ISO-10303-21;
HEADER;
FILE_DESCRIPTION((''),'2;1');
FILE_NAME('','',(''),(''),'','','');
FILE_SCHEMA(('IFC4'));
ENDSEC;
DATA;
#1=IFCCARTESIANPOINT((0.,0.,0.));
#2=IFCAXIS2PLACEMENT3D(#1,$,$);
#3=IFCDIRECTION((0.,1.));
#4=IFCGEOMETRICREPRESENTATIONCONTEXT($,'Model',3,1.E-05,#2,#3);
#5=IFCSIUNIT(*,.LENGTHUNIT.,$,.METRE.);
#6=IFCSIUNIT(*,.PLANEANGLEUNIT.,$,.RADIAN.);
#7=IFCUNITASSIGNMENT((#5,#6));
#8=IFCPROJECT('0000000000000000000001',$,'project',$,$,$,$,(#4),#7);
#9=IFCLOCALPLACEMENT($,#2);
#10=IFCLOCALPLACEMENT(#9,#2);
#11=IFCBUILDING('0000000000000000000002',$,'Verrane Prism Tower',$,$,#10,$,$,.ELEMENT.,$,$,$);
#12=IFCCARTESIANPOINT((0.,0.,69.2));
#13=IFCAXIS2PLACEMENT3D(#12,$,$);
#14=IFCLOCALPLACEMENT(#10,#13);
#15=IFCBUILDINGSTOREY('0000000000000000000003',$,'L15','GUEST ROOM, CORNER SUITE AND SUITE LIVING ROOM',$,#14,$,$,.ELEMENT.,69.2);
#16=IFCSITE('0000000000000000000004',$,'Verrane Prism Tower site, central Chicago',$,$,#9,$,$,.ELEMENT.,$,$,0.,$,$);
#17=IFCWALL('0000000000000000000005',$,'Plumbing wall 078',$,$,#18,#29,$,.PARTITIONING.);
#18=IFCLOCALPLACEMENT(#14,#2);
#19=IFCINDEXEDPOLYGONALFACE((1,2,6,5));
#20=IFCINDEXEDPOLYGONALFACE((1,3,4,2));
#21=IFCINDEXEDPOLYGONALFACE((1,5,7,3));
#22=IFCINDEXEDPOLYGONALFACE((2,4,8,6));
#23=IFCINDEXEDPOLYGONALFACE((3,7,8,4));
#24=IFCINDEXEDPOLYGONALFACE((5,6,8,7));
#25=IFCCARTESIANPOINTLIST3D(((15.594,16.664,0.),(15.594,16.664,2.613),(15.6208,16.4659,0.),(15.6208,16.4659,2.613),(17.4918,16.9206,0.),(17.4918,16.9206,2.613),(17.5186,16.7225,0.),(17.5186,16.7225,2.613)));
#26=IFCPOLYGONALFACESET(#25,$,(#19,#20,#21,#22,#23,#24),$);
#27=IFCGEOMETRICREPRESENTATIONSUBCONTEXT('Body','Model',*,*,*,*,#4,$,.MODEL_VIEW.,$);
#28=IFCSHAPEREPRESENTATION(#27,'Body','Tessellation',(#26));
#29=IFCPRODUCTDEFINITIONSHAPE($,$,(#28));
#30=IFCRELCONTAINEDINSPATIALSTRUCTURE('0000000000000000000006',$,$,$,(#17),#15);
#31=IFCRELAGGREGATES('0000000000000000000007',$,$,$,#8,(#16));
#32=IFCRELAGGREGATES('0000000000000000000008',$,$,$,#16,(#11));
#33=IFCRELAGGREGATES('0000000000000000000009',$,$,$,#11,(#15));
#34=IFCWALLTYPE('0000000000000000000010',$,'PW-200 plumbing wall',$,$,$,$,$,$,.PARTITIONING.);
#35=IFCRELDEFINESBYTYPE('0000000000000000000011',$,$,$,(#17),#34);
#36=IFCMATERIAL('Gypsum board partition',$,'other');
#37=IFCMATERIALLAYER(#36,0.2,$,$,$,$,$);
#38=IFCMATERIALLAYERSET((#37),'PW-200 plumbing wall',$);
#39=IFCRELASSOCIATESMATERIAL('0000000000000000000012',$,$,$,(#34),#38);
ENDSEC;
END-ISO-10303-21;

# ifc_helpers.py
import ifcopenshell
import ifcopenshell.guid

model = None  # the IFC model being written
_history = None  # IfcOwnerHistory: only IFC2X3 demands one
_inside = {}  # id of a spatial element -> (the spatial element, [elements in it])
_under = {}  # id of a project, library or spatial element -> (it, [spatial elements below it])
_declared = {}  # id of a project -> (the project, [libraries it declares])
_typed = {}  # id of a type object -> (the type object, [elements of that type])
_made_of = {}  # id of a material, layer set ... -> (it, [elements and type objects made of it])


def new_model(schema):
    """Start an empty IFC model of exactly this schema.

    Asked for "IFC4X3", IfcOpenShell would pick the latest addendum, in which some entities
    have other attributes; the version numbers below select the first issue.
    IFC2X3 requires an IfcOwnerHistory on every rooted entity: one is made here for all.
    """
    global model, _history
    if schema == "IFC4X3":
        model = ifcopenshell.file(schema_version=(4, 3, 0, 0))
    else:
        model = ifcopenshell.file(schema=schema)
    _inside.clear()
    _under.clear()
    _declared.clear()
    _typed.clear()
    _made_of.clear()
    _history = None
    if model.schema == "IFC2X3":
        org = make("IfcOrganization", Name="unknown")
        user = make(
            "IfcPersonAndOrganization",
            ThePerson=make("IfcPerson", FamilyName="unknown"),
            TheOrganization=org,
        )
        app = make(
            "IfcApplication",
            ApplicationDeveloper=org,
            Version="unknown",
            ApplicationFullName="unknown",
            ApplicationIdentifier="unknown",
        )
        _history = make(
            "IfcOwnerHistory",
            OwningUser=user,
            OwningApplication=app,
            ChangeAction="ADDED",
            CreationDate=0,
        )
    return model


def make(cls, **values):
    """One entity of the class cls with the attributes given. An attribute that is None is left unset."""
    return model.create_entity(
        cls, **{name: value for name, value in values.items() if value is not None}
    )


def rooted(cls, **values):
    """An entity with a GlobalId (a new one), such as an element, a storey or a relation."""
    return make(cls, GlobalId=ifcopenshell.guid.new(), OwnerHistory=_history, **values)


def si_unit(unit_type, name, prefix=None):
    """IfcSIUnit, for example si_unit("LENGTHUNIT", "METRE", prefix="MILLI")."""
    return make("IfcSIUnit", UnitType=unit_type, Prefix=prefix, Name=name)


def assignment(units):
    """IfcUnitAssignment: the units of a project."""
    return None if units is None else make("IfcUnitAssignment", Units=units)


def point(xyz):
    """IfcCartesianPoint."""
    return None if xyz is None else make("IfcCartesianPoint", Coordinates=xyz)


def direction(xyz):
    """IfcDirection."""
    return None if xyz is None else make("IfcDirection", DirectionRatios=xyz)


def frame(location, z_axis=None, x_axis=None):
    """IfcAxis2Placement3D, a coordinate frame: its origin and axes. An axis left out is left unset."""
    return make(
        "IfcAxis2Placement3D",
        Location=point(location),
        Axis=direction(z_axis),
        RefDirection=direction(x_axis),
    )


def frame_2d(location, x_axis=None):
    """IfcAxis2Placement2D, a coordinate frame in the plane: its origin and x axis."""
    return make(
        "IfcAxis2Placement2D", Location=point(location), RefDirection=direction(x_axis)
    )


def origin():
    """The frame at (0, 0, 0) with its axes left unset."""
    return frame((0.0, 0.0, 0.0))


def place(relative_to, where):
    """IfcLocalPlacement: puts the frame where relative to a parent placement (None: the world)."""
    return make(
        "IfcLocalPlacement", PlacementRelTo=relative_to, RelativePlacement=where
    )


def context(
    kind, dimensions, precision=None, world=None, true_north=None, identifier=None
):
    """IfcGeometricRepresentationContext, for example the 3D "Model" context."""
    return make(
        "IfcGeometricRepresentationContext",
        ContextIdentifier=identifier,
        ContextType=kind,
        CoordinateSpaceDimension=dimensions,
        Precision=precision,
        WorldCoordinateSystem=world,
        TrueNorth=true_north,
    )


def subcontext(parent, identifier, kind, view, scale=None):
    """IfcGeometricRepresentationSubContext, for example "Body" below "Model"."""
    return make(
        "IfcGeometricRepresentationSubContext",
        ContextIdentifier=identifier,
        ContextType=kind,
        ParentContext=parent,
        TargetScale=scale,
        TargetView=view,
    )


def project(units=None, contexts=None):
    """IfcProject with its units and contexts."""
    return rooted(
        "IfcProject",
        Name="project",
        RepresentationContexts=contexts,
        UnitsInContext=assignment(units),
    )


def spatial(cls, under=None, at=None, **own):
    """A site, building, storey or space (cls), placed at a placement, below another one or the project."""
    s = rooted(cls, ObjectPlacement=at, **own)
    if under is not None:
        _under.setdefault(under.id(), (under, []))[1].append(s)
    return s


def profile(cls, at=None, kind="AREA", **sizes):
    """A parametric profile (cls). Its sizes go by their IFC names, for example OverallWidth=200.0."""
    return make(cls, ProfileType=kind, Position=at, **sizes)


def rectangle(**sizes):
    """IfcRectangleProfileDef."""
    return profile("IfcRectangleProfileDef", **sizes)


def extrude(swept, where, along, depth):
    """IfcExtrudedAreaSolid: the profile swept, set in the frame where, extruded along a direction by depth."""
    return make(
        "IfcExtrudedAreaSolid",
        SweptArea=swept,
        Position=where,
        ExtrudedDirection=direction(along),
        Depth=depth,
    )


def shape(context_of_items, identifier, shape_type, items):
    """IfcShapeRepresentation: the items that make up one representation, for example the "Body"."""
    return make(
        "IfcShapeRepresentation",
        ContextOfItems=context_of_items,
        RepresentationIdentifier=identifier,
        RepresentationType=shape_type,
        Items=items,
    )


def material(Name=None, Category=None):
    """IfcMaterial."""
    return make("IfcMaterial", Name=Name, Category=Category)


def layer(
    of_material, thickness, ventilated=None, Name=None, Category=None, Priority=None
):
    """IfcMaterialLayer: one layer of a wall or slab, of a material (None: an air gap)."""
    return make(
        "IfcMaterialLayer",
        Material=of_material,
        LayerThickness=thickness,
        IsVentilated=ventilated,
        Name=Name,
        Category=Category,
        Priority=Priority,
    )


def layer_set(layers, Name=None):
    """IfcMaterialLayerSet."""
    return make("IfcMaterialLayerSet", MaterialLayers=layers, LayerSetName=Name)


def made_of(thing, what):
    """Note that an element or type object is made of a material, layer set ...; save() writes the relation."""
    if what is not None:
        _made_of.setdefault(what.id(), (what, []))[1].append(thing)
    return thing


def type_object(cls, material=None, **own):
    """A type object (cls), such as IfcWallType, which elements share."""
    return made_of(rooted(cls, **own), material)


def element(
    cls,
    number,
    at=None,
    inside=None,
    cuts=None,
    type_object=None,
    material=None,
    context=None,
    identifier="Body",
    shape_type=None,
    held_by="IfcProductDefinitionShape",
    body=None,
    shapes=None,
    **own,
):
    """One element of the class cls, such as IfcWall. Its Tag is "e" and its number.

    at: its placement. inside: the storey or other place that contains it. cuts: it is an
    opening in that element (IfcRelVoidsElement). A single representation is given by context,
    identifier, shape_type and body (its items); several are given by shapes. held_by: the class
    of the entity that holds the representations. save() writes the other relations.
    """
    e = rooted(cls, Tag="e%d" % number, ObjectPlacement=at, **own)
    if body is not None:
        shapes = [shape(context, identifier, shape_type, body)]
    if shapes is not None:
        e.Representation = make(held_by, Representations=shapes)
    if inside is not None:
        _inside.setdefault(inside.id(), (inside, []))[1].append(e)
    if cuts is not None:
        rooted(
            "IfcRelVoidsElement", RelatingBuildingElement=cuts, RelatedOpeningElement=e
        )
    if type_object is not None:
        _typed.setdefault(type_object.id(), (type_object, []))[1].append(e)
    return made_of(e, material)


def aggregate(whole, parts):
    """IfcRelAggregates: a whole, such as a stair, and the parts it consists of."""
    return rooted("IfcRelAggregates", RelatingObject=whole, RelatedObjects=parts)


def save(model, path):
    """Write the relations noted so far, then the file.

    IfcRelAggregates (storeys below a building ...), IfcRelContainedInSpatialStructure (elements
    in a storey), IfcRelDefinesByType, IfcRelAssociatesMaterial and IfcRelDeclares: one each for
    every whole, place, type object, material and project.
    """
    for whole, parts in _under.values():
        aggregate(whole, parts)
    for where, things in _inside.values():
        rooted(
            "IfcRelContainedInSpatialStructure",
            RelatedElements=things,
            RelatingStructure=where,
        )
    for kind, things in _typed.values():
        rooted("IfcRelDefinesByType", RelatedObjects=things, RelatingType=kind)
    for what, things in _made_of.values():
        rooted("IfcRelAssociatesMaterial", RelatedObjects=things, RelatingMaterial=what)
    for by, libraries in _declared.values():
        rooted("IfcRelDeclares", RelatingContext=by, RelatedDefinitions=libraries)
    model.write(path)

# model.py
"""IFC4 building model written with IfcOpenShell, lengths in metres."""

from ifc_helpers import new_model, si_unit, direction, frame, frame_2d, origin, place, context, subcontext, project, spatial, rectangle, extrude, material, layer, layer_set, type_object, element, save


model = new_model("IFC4")

# Units and contexts
model_context = context("Model", 3, precision=1e-05, world=origin(), true_north=direction((0.0, 1.0)))
body_context = subcontext(model_context, "Body", "Model", "MODEL_VIEW")
ifc_project = project(units=[si_unit("LENGTHUNIT", "METRE"), si_unit("PLANEANGLEUNIT", "RADIAN")], contexts=[model_context])

# Site, building, storey
site_placement = place(None, origin())
site = spatial("IfcSite", under=ifc_project, at=site_placement, Name="Verrane Prism Tower site, central Chicago", CompositionType="ELEMENT", RefElevation=0.0)
building_placement = place(site_placement, origin())
building = spatial("IfcBuilding", under=site, at=building_placement, Name="Verrane Prism Tower", CompositionType="ELEMENT")
storey_placement = place(building_placement, frame((0.0, 0.0, 69.2)))
storey = spatial("IfcBuildingStorey", under=building, at=storey_placement, Name="L15", Description="GUEST ROOM, CORNER SUITE AND SUITE LIVING ROOM", CompositionType="ELEMENT", Elevation=69.2)

# Shared definitions
ifc_material_1 = material(Name="Gypsum board partition", Category="other")
ifc_layer_1 = layer(ifc_material_1, 0.2)
ifc_layer_set_1 = layer_set([ifc_layer_1], Name="PW-200 plumbing wall")
wall_type_1 = type_object("IfcWallType", Name="PW-200 plumbing wall", PredefinedType="PARTITIONING", material=ifc_layer_set_1)

# Wall
wall_1_placement = place(storey_placement, frame((15.6074, 16.5649, 0.0), z_axis=(0.0, 0.0, 1.0), x_axis=(0.990982, 0.133992, 0.0)))
element("IfcWall", 1, at=wall_1_placement, inside=storey, type_object=wall_type_1, Name="Plumbing wall 078", PredefinedType="PARTITIONING", context=body_context, shape_type="SweptSolid", body=[
    extrude(rectangle(XDim=1.915, YDim=0.2, at=frame_2d((0.9575, 0.0))), origin(), (0.0, 0.0, 1.0), 2.613),
])

save(model, "model.ifc")
